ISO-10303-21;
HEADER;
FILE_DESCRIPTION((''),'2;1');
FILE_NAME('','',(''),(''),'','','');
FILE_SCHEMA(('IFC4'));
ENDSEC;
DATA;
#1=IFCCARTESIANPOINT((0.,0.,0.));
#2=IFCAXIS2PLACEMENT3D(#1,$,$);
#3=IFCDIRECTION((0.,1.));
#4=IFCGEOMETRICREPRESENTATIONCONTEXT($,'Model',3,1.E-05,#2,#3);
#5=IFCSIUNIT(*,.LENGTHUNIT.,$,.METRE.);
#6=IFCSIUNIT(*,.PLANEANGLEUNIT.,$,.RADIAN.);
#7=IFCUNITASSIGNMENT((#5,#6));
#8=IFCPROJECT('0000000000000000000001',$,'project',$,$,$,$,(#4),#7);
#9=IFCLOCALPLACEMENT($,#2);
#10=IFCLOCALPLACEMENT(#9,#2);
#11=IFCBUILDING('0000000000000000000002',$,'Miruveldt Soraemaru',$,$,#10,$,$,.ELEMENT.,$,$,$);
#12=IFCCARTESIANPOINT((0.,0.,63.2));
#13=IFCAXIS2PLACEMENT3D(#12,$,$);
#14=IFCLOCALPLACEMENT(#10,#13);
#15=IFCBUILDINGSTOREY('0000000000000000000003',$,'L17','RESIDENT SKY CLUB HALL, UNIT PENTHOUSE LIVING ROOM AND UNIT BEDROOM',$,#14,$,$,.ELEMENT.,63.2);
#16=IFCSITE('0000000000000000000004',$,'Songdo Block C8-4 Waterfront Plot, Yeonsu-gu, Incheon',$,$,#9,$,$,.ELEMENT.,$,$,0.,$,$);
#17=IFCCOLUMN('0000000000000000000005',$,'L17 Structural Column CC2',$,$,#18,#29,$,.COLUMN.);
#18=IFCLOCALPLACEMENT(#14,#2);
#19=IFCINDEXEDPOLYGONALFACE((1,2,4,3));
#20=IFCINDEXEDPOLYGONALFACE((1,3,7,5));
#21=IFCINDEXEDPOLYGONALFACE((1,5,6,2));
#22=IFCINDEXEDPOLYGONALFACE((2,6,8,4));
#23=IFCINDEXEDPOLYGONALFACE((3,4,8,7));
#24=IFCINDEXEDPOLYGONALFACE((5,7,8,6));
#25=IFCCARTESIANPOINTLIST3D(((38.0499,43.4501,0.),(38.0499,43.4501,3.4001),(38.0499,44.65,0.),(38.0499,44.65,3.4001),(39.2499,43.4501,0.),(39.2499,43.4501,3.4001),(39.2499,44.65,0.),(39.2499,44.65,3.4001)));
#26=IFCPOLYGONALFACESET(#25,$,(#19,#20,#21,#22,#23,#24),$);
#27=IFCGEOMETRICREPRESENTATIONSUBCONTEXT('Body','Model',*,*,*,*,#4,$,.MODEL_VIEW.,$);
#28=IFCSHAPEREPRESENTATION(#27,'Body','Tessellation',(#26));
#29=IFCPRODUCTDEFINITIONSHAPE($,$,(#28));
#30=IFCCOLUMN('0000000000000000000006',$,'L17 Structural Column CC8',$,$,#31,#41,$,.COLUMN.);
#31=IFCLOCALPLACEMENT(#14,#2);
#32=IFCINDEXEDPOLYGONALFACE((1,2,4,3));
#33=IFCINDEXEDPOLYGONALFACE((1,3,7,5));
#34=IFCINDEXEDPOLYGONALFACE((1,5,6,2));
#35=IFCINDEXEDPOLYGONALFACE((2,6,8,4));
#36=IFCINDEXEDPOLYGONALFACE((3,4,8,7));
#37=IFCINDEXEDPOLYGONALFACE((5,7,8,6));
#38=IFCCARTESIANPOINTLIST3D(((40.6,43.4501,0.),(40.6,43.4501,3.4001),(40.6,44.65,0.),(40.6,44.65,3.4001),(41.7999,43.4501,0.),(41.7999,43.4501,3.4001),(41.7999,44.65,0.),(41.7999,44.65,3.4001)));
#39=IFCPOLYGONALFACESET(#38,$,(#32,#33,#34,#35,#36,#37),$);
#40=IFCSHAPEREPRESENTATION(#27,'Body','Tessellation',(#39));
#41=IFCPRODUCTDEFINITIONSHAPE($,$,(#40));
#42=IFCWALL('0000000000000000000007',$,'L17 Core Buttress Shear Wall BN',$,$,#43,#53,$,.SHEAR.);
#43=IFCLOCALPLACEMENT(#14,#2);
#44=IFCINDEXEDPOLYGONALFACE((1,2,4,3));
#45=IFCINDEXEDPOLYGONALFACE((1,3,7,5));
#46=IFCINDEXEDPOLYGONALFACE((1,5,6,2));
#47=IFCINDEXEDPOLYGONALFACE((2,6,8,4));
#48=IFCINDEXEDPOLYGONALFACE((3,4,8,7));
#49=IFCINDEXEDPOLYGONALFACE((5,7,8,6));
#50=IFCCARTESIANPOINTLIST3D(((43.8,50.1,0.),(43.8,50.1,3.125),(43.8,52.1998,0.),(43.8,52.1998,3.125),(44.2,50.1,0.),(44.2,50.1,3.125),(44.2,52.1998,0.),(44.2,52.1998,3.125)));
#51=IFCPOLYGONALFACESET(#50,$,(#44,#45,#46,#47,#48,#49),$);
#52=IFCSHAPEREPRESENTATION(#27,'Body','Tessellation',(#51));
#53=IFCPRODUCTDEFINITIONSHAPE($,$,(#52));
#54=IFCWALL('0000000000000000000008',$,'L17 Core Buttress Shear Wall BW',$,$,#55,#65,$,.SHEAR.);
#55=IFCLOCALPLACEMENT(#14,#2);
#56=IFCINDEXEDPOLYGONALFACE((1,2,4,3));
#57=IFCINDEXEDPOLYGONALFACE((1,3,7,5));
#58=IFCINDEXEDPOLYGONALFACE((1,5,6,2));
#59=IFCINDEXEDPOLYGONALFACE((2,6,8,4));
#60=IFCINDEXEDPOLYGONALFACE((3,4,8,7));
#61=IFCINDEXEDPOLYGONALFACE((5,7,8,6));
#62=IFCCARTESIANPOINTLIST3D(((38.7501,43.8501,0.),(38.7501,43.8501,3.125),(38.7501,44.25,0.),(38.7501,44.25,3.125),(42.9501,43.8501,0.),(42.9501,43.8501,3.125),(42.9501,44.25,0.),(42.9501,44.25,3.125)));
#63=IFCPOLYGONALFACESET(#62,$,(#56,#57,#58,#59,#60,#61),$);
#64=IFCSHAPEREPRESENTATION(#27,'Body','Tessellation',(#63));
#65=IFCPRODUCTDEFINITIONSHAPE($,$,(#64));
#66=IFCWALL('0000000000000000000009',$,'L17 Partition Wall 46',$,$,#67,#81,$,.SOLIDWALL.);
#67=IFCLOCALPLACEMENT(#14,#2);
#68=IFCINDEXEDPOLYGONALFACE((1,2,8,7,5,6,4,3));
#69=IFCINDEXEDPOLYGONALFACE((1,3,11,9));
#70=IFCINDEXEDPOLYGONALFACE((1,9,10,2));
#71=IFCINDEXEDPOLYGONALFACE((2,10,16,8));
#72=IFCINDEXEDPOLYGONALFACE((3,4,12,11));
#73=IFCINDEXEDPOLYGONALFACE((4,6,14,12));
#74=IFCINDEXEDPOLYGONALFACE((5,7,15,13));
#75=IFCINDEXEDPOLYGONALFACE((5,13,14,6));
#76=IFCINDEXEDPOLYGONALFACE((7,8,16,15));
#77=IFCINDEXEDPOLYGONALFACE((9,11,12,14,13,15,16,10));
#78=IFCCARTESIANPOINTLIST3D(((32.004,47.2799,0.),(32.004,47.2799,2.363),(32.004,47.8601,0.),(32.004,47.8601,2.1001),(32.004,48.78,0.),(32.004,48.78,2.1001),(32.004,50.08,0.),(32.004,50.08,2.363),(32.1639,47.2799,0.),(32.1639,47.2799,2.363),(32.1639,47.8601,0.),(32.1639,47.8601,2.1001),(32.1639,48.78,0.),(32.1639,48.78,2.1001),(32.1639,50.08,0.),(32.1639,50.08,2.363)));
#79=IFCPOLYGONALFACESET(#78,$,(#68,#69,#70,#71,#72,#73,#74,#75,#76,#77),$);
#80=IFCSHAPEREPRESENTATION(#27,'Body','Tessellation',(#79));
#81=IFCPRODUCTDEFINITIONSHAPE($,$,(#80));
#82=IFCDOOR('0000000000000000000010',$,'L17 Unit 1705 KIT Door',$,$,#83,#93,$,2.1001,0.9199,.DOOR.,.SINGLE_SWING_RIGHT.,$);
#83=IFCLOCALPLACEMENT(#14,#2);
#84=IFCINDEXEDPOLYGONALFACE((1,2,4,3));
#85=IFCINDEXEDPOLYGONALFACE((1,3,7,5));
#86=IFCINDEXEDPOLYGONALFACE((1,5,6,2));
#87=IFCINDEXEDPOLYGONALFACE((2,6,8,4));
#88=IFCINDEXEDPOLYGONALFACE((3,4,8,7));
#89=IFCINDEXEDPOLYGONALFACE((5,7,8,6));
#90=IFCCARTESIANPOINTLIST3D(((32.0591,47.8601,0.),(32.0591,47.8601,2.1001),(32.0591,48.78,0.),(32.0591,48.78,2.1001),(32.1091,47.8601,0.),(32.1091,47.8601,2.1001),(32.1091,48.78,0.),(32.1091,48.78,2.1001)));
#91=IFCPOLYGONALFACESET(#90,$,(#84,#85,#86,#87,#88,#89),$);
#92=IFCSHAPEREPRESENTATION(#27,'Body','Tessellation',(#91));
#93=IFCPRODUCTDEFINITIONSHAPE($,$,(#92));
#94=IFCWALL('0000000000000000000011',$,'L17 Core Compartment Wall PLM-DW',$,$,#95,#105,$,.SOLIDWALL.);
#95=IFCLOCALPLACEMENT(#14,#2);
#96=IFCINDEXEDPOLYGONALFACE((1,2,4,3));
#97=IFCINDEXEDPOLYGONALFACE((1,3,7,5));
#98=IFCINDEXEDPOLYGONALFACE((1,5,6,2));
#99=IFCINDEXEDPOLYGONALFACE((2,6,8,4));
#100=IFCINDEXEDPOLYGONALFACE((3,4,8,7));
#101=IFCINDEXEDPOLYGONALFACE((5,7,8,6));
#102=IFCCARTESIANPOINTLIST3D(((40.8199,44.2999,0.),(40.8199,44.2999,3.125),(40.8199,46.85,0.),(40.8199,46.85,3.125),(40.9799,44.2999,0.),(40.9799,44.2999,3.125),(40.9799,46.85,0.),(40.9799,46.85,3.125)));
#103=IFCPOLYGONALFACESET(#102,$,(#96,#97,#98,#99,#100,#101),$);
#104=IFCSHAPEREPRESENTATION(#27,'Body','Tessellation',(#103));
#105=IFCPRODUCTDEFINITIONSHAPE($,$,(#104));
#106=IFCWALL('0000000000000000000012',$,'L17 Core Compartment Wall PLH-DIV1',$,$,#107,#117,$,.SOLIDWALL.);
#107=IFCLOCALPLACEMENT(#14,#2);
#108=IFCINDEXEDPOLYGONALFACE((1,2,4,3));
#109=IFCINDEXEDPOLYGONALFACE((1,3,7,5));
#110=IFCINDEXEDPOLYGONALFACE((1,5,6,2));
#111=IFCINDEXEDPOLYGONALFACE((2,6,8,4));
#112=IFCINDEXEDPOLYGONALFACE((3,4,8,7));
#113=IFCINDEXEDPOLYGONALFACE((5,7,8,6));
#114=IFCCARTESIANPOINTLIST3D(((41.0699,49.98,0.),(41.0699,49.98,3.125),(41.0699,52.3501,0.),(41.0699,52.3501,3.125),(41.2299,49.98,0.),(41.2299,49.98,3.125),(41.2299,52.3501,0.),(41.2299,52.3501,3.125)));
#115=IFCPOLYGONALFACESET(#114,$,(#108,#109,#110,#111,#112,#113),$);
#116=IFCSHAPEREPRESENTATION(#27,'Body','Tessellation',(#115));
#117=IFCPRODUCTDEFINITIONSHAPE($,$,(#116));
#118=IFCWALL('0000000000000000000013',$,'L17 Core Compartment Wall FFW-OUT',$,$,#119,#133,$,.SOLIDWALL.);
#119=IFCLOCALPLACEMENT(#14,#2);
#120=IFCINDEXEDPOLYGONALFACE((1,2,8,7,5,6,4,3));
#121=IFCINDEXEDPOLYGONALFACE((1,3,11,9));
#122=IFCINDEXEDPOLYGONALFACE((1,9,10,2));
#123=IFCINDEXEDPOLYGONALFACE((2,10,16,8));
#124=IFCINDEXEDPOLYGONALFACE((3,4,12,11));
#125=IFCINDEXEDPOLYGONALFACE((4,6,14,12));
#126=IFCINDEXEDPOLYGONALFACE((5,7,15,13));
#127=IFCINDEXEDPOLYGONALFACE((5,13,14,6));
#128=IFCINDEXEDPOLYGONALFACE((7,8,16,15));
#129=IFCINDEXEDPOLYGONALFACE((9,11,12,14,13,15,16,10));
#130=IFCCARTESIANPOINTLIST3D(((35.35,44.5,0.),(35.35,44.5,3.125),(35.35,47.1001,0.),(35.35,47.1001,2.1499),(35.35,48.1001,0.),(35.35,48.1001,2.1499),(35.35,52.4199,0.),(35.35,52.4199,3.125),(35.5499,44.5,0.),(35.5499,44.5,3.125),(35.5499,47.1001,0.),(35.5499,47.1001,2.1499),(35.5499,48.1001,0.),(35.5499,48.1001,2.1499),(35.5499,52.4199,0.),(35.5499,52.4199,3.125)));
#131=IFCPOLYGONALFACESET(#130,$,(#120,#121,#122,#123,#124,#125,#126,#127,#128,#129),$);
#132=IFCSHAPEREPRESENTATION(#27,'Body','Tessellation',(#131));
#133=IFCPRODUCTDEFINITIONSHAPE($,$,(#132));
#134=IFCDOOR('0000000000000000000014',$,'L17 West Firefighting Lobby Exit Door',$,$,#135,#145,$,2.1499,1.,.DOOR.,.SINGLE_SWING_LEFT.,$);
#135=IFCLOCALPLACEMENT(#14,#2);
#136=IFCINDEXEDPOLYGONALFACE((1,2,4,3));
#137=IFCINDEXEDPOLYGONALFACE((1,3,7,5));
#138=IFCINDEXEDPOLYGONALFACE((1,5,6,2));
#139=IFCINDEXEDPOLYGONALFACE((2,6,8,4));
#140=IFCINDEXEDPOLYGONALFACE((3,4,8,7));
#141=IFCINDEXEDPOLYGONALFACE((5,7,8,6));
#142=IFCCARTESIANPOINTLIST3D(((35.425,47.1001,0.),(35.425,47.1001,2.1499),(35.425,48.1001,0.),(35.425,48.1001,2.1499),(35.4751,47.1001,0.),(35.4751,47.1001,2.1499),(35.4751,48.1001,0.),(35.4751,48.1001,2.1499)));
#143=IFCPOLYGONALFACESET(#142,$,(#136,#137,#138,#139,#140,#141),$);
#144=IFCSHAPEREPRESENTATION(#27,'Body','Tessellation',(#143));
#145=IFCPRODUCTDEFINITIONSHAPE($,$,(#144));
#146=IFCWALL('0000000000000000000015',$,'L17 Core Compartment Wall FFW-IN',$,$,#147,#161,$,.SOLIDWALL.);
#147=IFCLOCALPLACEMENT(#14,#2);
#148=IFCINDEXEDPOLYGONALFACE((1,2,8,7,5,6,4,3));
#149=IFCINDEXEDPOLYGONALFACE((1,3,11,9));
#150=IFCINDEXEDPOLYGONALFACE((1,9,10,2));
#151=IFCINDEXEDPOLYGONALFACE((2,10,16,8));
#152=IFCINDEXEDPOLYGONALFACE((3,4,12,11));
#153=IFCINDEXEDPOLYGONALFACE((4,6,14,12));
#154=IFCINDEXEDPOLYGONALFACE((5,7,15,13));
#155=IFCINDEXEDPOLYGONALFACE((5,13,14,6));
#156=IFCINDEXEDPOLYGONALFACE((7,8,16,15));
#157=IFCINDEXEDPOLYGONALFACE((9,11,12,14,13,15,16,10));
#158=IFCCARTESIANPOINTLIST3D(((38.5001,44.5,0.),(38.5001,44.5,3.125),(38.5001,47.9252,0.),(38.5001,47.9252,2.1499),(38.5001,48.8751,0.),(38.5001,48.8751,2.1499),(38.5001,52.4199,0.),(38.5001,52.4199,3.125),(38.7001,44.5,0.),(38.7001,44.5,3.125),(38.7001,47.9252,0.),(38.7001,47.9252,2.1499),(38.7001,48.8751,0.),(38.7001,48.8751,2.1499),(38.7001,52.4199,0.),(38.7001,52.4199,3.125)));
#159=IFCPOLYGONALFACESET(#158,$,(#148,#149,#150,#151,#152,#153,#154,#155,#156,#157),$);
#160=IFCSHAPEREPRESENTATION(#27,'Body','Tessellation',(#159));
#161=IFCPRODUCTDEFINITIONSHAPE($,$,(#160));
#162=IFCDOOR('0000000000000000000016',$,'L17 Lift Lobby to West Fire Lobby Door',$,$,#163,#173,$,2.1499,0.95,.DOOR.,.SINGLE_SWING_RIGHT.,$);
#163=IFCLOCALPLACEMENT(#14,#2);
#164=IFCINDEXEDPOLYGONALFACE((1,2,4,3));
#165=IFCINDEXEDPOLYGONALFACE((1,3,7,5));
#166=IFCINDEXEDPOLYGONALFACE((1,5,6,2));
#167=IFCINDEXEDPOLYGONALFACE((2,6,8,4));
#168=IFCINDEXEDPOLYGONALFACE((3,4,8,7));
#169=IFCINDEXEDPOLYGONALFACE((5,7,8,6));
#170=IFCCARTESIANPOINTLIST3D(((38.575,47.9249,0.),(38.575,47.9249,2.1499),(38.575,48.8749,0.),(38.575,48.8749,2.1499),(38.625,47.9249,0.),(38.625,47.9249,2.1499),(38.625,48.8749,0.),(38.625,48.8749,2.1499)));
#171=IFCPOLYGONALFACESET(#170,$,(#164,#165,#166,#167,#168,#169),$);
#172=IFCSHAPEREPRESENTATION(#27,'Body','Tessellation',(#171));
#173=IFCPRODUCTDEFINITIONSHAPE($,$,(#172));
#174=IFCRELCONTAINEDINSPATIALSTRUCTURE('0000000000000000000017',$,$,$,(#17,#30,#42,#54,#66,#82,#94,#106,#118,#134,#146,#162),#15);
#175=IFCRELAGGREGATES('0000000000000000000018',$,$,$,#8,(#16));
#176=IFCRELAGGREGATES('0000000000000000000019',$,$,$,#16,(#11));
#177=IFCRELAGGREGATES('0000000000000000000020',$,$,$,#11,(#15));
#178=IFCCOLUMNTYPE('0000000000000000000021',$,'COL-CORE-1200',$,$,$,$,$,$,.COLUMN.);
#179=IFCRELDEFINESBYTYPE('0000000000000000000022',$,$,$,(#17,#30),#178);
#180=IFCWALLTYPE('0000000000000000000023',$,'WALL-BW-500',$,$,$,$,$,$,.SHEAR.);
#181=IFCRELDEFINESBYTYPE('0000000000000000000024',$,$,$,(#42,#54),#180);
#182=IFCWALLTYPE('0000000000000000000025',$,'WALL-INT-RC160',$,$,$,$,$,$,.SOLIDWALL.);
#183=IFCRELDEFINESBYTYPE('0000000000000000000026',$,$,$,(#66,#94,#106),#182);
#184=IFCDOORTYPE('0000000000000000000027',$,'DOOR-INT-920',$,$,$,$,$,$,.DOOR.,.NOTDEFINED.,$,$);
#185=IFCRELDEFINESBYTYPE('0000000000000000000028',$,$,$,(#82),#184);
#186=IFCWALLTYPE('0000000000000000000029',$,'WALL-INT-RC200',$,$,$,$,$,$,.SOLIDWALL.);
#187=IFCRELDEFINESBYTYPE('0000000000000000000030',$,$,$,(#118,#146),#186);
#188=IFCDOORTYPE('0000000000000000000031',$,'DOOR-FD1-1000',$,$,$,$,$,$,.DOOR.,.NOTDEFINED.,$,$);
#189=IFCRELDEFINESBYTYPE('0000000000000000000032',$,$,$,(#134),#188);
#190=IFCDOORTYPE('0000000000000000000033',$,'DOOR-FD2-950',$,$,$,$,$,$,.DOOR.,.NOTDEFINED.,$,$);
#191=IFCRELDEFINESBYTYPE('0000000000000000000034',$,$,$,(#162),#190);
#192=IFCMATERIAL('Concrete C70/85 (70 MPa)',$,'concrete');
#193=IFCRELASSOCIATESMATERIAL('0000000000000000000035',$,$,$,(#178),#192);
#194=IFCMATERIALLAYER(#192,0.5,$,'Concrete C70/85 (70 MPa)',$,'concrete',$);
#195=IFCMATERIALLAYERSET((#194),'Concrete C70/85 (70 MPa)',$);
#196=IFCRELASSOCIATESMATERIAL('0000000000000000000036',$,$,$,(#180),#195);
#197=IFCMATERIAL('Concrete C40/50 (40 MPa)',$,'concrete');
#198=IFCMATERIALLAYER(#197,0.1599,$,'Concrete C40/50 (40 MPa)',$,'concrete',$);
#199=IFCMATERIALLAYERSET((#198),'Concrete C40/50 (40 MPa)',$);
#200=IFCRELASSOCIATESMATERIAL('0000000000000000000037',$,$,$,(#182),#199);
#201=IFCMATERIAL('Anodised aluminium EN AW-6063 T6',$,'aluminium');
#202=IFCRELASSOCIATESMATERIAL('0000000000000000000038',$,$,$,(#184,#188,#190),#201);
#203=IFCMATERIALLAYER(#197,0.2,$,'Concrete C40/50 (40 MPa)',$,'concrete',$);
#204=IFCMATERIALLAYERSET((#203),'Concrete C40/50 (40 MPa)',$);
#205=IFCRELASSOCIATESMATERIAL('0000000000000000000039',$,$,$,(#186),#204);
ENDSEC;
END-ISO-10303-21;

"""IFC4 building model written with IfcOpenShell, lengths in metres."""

from ifc_helpers import new_model, si_unit, direction, frame, frame_2d, origin, origin_2d, place, context, subcontext, project, spatial, rectangle, extrude, material, layer, layer_set, material_profile, profile_set, type_object, element, fill, save


model = new_model("IFC4")

# Units and contexts
model_context = context("Model", 3, precision=1e-05, world=origin(), true_north=direction((0.0, 1.0)))
body_context = subcontext(model_context, "Body", "Model", "MODEL_VIEW")
ifc_project = project(units=[si_unit("LENGTHUNIT", "METRE"), si_unit("PLANEANGLEUNIT", "RADIAN")], contexts=[model_context])

# Site, building, storey
site_placement = place(None, origin())
site = spatial("IfcSite", under=ifc_project, at=site_placement, Name="Songdo Block C8-4 Waterfront Plot, Yeonsu-gu, Incheon", CompositionType="ELEMENT", RefElevation=0.0)
building_placement = place(site_placement, origin())
building = spatial("IfcBuilding", under=site, at=building_placement, Name="Miruveldt Soraemaru", CompositionType="ELEMENT")
storey_placement = place(building_placement, frame((0.0, 0.0, 63.2)))
storey = spatial("IfcBuildingStorey", under=building, at=storey_placement, Name="L17", Description="RESIDENT SKY CLUB HALL, UNIT PENTHOUSE LIVING ROOM AND UNIT BEDROOM", CompositionType="ELEMENT", Elevation=63.2)

# Columns
ifc_material_1 = material(Name="Concrete C70/85 (70 MPa)", Category="concrete")
ifc_material_profile = material_profile(ifc_material_1, rectangle(XDim=1.2, YDim=1.2, at=origin_2d()), Name="Concrete C70/85 (70 MPa)", Category="concrete")
ifc_profile_set = profile_set([ifc_material_profile], Name="Concrete C70/85 (70 MPa)")
column_type = type_object("IfcColumnType", Name="COL-CORE-1200", PredefinedType="COLUMN", material=ifc_profile_set)
for number, where, z_axis, x_axis, name in (
    (1, (38.6499, 44.05, 0.0), (0.0, 0.0, 1.0), (1.0, 0.0, 0.0), "L17 Structural Column CC2"),
    (2, (41.2, 44.05, 0.0), (0.0, 0.0, 1.0), (1.0, 0.0, 0.0), "L17 Structural Column CC8"),
):
    element("IfcColumn", number, at=place(storey_placement, frame(where, z_axis=z_axis, x_axis=x_axis)), inside=storey, type_object=column_type, Name=name, PredefinedType="COLUMN", context=body_context, shape_type="SweptSolid", body=[
        extrude(rectangle(XDim=1.2, YDim=1.2, at=origin_2d()), origin(), (0.0, 0.0, 1.0), 3.4001),
    ])

# Walls
ifc_layer_1 = layer(ifc_material_1, 0.5, Name="Concrete C70/85 (70 MPa)", Category="concrete")
ifc_layer_set_1 = layer_set([ifc_layer_1], Name="Concrete C70/85 (70 MPa)")
wall_type_1 = type_object("IfcWallType", Name="WALL-BW-500", PredefinedType="SHEAR", material=ifc_layer_set_1)
wall_1_placement = place(storey_placement, frame((44.0, 50.1001, 0.0), z_axis=(0.0, 0.0, 1.0), x_axis=(0.0, 1.0, 0.0)))
element("IfcWall", 3, at=wall_1_placement, inside=storey, type_object=wall_type_1, Name="L17 Core Buttress Shear Wall BN", PredefinedType="SHEAR", context=body_context, shape_type="SweptSolid", body=[
    extrude(rectangle(XDim=2.0999, YDim=0.3999, at=frame_2d((1.0498, 0.0))), origin(), (0.0, 0.0, 1.0), 3.125),
])
wall_2_placement = place(storey_placement, frame((38.75, 44.05, 0.0), z_axis=(0.0, 0.0, 1.0), x_axis=(1.0, 0.0, 0.0)))
element("IfcWall", 4, at=wall_2_placement, inside=storey, type_object=wall_type_1, Name="L17 Core Buttress Shear Wall BW", PredefinedType="SHEAR", context=body_context, shape_type="SweptSolid", body=[
    extrude(rectangle(XDim=4.2, YDim=0.3999, at=frame_2d((2.1001, 0.0))), origin(), (0.0, 0.0, 1.0), 3.125),
])

# Wall, opening, door
ifc_material_2 = material(Name="Concrete C40/50 (40 MPa)", Category="concrete")
ifc_layer_2 = layer(ifc_material_2, 0.1599, Name="Concrete C40/50 (40 MPa)", Category="concrete")
ifc_layer_set_2 = layer_set([ifc_layer_2], Name="Concrete C40/50 (40 MPa)")
wall_type_2 = type_object("IfcWallType", Name="WALL-INT-RC160", PredefinedType="SOLIDWALL", material=ifc_layer_set_2)
wall_3_placement = place(storey_placement, frame((32.084, 47.28, 0.0), z_axis=(0.0, 0.0, 1.0), x_axis=(0.0, 1.0, 0.0)))
wall_3 = element("IfcWall", 5, at=wall_3_placement, inside=storey, type_object=wall_type_2, Name="L17 Partition Wall 46", PredefinedType="SOLIDWALL", context=body_context, shape_type="SweptSolid", body=[
    extrude(rectangle(XDim=2.8, YDim=0.1599, at=frame_2d((1.3999, 0.0))), origin(), (0.0, 0.0, 1.0), 2.363),
])
opening_1_placement = place(wall_3_placement, frame((0.5801, 0.0, 0.0)))
opening_1 = element("IfcOpeningElement", 6, at=opening_1_placement, cuts=wall_3, PredefinedType="OPENING", context=body_context, shape_type="SweptSolid", body=[
    extrude(rectangle(XDim=0.9199, YDim=2.1001, at=frame_2d((0.46, 1.05))), frame((0.0, 0.0898, 0.0), z_axis=(0.0, -1.0, 0.0), x_axis=(1.0, 0.0, 0.0)), (0.0, 0.0, 1.0), 0.1799),
])
ifc_material_3 = material(Name="Anodised aluminium EN AW-6063 T6", Category="aluminium")
door_type_1 = type_object("IfcDoorType", Name="DOOR-INT-920", OperationType="NOTDEFINED", PredefinedType="DOOR", material=ifc_material_3)
door_1_placement = place(opening_1_placement, origin())
door_1 = element("IfcDoor", 7, at=door_1_placement, inside=storey, type_object=door_type_1, Name="L17 Unit 1705 KIT Door", OperationType="SINGLE_SWING_RIGHT", OverallHeight=2.1001, OverallWidth=0.9199, PredefinedType="DOOR", context=body_context, shape_type="SweptSolid", body=[
    extrude(rectangle(XDim=0.9199, YDim=2.1001, at=frame_2d((0.46, 1.05))), frame((0.0, 0.0249, 0.0), z_axis=(0.0, -1.0, 0.0), x_axis=(1.0, 0.0, 0.0)), (0.0, 0.0, 1.0), 0.05),
])
fill(opening_1, door_1)

# Walls
wall_4_placement = place(storey_placement, frame((40.8999, 44.3, 0.0), z_axis=(0.0, 0.0, 1.0), x_axis=(0.0, 1.0, 0.0)))
element("IfcWall", 8, at=wall_4_placement, inside=storey, type_object=wall_type_2, Name="L17 Core Compartment Wall PLM-DW", PredefinedType="SOLIDWALL", context=body_context, shape_type="SweptSolid", body=[
    extrude(rectangle(XDim=2.55, YDim=0.1599, at=frame_2d((1.2749, 0.0))), origin(), (0.0, 0.0, 1.0), 3.125),
])
wall_5_placement = place(storey_placement, frame((41.1499, 49.98, 0.0), z_axis=(0.0, 0.0, 1.0), x_axis=(0.0, 1.0, 0.0)))
element("IfcWall", 9, at=wall_5_placement, inside=storey, type_object=wall_type_2, Name="L17 Core Compartment Wall PLH-DIV1", PredefinedType="SOLIDWALL", context=body_context, shape_type="SweptSolid", body=[
    extrude(rectangle(XDim=2.3701, YDim=0.1599, at=frame_2d((1.1851, 0.0))), origin(), (0.0, 0.0, 1.0), 3.125),
])

# Walls, openings, doors
ifc_layer_3 = layer(ifc_material_2, 0.2, Name="Concrete C40/50 (40 MPa)", Category="concrete")
ifc_layer_set_3 = layer_set([ifc_layer_3], Name="Concrete C40/50 (40 MPa)")
wall_type_3 = type_object("IfcWallType", Name="WALL-INT-RC200", PredefinedType="SOLIDWALL", material=ifc_layer_set_3)
wall_6_placement = place(storey_placement, frame((35.45, 44.5, 0.0), z_axis=(0.0, 0.0, 1.0), x_axis=(0.0, 1.0, 0.0)))
wall_6 = element("IfcWall", 10, at=wall_6_placement, inside=storey, type_object=wall_type_3, Name="L17 Core Compartment Wall FFW-OUT", PredefinedType="SOLIDWALL", context=body_context, shape_type="SweptSolid", body=[
    extrude(rectangle(XDim=7.9199, YDim=0.2, at=frame_2d((3.96, 0.0))), origin(), (0.0, 0.0, 1.0), 3.125),
])
opening_2_placement = place(wall_6_placement, frame((2.6001, 0.0, 0.0)))
opening_2 = element("IfcOpeningElement", 11, at=opening_2_placement, cuts=wall_6, PredefinedType="OPENING", context=body_context, shape_type="SweptSolid", body=[
    extrude(rectangle(XDim=1.0, YDim=2.1499, at=frame_2d((0.5, 1.075))), frame((0.0, 0.1099, 0.0), z_axis=(0.0, -1.0, 0.0), x_axis=(1.0, 0.0, 0.0)), (0.0, 0.0, 1.0), 0.22),
])
door_type_2 = type_object("IfcDoorType", Name="DOOR-FD1-1000", OperationType="NOTDEFINED", PredefinedType="DOOR", material=ifc_material_3)
door_2_placement = place(opening_2_placement, origin())
door_2 = element("IfcDoor", 12, at=door_2_placement, inside=storey, type_object=door_type_2, Name="L17 West Firefighting Lobby Exit Door", OperationType="SINGLE_SWING_LEFT", OverallHeight=2.1499, OverallWidth=1.0, PredefinedType="DOOR", context=body_context, shape_type="SweptSolid", body=[
    extrude(rectangle(XDim=1.0, YDim=2.1499, at=frame_2d((0.5, 1.075))), frame((0.0, 0.0249, 0.0), z_axis=(0.0, -1.0, 0.0), x_axis=(1.0, 0.0, 0.0)), (0.0, 0.0, 1.0), 0.05),
])
fill(opening_2, door_2)
wall_7_placement = place(storey_placement, frame((38.6001, 44.5, 0.0), z_axis=(0.0, 0.0, 1.0), x_axis=(0.0, 1.0, 0.0)))
wall_7 = element("IfcWall", 13, at=wall_7_placement, inside=storey, type_object=wall_type_3, Name="L17 Core Compartment Wall FFW-IN", PredefinedType="SOLIDWALL", context=body_context, shape_type="SweptSolid", body=[
    extrude(rectangle(XDim=7.9199, YDim=0.2, at=frame_2d((3.96, 0.0))), origin(), (0.0, 0.0, 1.0), 3.125),
])
opening_3_placement = place(wall_7_placement, frame((3.425, 0.0, 0.0)))
opening_3 = element("IfcOpeningElement", 14, at=opening_3_placement, cuts=wall_7, PredefinedType="OPENING", context=body_context, shape_type="SweptSolid", body=[
    extrude(rectangle(XDim=0.95, YDim=2.1499, at=frame_2d((0.4751, 1.075))), frame((0.0, 0.1099, 0.0), z_axis=(0.0, -1.0, 0.0), x_axis=(1.0, 0.0, 0.0)), (0.0, 0.0, 1.0), 0.22),
])
door_type_3 = type_object("IfcDoorType", Name="DOOR-FD2-950", OperationType="NOTDEFINED", PredefinedType="DOOR", material=ifc_material_3)
door_3_placement = place(opening_3_placement, frame((0.95, 0.0, 0.0), z_axis=(0.0, 0.0, 1.0), x_axis=(-1.0, 0.0, 0.0)))
door_3 = element("IfcDoor", 15, at=door_3_placement, inside=storey, type_object=door_type_3, Name="L17 Lift Lobby to West Fire Lobby Door", OperationType="SINGLE_SWING_RIGHT", OverallHeight=2.1499, OverallWidth=0.95, PredefinedType="DOOR", context=body_context, shape_type="SweptSolid", body=[
    extrude(rectangle(XDim=0.95, YDim=2.1499, at=frame_2d((0.4751, 1.075))), frame((0.0, 0.0249, 0.0), z_axis=(0.0, -1.0, 0.0), x_axis=(1.0, 0.0, 0.0)), (0.0, 0.0, 1.0), 0.05),
])
fill(opening_3, door_3)

save(model, "model.ifc")
